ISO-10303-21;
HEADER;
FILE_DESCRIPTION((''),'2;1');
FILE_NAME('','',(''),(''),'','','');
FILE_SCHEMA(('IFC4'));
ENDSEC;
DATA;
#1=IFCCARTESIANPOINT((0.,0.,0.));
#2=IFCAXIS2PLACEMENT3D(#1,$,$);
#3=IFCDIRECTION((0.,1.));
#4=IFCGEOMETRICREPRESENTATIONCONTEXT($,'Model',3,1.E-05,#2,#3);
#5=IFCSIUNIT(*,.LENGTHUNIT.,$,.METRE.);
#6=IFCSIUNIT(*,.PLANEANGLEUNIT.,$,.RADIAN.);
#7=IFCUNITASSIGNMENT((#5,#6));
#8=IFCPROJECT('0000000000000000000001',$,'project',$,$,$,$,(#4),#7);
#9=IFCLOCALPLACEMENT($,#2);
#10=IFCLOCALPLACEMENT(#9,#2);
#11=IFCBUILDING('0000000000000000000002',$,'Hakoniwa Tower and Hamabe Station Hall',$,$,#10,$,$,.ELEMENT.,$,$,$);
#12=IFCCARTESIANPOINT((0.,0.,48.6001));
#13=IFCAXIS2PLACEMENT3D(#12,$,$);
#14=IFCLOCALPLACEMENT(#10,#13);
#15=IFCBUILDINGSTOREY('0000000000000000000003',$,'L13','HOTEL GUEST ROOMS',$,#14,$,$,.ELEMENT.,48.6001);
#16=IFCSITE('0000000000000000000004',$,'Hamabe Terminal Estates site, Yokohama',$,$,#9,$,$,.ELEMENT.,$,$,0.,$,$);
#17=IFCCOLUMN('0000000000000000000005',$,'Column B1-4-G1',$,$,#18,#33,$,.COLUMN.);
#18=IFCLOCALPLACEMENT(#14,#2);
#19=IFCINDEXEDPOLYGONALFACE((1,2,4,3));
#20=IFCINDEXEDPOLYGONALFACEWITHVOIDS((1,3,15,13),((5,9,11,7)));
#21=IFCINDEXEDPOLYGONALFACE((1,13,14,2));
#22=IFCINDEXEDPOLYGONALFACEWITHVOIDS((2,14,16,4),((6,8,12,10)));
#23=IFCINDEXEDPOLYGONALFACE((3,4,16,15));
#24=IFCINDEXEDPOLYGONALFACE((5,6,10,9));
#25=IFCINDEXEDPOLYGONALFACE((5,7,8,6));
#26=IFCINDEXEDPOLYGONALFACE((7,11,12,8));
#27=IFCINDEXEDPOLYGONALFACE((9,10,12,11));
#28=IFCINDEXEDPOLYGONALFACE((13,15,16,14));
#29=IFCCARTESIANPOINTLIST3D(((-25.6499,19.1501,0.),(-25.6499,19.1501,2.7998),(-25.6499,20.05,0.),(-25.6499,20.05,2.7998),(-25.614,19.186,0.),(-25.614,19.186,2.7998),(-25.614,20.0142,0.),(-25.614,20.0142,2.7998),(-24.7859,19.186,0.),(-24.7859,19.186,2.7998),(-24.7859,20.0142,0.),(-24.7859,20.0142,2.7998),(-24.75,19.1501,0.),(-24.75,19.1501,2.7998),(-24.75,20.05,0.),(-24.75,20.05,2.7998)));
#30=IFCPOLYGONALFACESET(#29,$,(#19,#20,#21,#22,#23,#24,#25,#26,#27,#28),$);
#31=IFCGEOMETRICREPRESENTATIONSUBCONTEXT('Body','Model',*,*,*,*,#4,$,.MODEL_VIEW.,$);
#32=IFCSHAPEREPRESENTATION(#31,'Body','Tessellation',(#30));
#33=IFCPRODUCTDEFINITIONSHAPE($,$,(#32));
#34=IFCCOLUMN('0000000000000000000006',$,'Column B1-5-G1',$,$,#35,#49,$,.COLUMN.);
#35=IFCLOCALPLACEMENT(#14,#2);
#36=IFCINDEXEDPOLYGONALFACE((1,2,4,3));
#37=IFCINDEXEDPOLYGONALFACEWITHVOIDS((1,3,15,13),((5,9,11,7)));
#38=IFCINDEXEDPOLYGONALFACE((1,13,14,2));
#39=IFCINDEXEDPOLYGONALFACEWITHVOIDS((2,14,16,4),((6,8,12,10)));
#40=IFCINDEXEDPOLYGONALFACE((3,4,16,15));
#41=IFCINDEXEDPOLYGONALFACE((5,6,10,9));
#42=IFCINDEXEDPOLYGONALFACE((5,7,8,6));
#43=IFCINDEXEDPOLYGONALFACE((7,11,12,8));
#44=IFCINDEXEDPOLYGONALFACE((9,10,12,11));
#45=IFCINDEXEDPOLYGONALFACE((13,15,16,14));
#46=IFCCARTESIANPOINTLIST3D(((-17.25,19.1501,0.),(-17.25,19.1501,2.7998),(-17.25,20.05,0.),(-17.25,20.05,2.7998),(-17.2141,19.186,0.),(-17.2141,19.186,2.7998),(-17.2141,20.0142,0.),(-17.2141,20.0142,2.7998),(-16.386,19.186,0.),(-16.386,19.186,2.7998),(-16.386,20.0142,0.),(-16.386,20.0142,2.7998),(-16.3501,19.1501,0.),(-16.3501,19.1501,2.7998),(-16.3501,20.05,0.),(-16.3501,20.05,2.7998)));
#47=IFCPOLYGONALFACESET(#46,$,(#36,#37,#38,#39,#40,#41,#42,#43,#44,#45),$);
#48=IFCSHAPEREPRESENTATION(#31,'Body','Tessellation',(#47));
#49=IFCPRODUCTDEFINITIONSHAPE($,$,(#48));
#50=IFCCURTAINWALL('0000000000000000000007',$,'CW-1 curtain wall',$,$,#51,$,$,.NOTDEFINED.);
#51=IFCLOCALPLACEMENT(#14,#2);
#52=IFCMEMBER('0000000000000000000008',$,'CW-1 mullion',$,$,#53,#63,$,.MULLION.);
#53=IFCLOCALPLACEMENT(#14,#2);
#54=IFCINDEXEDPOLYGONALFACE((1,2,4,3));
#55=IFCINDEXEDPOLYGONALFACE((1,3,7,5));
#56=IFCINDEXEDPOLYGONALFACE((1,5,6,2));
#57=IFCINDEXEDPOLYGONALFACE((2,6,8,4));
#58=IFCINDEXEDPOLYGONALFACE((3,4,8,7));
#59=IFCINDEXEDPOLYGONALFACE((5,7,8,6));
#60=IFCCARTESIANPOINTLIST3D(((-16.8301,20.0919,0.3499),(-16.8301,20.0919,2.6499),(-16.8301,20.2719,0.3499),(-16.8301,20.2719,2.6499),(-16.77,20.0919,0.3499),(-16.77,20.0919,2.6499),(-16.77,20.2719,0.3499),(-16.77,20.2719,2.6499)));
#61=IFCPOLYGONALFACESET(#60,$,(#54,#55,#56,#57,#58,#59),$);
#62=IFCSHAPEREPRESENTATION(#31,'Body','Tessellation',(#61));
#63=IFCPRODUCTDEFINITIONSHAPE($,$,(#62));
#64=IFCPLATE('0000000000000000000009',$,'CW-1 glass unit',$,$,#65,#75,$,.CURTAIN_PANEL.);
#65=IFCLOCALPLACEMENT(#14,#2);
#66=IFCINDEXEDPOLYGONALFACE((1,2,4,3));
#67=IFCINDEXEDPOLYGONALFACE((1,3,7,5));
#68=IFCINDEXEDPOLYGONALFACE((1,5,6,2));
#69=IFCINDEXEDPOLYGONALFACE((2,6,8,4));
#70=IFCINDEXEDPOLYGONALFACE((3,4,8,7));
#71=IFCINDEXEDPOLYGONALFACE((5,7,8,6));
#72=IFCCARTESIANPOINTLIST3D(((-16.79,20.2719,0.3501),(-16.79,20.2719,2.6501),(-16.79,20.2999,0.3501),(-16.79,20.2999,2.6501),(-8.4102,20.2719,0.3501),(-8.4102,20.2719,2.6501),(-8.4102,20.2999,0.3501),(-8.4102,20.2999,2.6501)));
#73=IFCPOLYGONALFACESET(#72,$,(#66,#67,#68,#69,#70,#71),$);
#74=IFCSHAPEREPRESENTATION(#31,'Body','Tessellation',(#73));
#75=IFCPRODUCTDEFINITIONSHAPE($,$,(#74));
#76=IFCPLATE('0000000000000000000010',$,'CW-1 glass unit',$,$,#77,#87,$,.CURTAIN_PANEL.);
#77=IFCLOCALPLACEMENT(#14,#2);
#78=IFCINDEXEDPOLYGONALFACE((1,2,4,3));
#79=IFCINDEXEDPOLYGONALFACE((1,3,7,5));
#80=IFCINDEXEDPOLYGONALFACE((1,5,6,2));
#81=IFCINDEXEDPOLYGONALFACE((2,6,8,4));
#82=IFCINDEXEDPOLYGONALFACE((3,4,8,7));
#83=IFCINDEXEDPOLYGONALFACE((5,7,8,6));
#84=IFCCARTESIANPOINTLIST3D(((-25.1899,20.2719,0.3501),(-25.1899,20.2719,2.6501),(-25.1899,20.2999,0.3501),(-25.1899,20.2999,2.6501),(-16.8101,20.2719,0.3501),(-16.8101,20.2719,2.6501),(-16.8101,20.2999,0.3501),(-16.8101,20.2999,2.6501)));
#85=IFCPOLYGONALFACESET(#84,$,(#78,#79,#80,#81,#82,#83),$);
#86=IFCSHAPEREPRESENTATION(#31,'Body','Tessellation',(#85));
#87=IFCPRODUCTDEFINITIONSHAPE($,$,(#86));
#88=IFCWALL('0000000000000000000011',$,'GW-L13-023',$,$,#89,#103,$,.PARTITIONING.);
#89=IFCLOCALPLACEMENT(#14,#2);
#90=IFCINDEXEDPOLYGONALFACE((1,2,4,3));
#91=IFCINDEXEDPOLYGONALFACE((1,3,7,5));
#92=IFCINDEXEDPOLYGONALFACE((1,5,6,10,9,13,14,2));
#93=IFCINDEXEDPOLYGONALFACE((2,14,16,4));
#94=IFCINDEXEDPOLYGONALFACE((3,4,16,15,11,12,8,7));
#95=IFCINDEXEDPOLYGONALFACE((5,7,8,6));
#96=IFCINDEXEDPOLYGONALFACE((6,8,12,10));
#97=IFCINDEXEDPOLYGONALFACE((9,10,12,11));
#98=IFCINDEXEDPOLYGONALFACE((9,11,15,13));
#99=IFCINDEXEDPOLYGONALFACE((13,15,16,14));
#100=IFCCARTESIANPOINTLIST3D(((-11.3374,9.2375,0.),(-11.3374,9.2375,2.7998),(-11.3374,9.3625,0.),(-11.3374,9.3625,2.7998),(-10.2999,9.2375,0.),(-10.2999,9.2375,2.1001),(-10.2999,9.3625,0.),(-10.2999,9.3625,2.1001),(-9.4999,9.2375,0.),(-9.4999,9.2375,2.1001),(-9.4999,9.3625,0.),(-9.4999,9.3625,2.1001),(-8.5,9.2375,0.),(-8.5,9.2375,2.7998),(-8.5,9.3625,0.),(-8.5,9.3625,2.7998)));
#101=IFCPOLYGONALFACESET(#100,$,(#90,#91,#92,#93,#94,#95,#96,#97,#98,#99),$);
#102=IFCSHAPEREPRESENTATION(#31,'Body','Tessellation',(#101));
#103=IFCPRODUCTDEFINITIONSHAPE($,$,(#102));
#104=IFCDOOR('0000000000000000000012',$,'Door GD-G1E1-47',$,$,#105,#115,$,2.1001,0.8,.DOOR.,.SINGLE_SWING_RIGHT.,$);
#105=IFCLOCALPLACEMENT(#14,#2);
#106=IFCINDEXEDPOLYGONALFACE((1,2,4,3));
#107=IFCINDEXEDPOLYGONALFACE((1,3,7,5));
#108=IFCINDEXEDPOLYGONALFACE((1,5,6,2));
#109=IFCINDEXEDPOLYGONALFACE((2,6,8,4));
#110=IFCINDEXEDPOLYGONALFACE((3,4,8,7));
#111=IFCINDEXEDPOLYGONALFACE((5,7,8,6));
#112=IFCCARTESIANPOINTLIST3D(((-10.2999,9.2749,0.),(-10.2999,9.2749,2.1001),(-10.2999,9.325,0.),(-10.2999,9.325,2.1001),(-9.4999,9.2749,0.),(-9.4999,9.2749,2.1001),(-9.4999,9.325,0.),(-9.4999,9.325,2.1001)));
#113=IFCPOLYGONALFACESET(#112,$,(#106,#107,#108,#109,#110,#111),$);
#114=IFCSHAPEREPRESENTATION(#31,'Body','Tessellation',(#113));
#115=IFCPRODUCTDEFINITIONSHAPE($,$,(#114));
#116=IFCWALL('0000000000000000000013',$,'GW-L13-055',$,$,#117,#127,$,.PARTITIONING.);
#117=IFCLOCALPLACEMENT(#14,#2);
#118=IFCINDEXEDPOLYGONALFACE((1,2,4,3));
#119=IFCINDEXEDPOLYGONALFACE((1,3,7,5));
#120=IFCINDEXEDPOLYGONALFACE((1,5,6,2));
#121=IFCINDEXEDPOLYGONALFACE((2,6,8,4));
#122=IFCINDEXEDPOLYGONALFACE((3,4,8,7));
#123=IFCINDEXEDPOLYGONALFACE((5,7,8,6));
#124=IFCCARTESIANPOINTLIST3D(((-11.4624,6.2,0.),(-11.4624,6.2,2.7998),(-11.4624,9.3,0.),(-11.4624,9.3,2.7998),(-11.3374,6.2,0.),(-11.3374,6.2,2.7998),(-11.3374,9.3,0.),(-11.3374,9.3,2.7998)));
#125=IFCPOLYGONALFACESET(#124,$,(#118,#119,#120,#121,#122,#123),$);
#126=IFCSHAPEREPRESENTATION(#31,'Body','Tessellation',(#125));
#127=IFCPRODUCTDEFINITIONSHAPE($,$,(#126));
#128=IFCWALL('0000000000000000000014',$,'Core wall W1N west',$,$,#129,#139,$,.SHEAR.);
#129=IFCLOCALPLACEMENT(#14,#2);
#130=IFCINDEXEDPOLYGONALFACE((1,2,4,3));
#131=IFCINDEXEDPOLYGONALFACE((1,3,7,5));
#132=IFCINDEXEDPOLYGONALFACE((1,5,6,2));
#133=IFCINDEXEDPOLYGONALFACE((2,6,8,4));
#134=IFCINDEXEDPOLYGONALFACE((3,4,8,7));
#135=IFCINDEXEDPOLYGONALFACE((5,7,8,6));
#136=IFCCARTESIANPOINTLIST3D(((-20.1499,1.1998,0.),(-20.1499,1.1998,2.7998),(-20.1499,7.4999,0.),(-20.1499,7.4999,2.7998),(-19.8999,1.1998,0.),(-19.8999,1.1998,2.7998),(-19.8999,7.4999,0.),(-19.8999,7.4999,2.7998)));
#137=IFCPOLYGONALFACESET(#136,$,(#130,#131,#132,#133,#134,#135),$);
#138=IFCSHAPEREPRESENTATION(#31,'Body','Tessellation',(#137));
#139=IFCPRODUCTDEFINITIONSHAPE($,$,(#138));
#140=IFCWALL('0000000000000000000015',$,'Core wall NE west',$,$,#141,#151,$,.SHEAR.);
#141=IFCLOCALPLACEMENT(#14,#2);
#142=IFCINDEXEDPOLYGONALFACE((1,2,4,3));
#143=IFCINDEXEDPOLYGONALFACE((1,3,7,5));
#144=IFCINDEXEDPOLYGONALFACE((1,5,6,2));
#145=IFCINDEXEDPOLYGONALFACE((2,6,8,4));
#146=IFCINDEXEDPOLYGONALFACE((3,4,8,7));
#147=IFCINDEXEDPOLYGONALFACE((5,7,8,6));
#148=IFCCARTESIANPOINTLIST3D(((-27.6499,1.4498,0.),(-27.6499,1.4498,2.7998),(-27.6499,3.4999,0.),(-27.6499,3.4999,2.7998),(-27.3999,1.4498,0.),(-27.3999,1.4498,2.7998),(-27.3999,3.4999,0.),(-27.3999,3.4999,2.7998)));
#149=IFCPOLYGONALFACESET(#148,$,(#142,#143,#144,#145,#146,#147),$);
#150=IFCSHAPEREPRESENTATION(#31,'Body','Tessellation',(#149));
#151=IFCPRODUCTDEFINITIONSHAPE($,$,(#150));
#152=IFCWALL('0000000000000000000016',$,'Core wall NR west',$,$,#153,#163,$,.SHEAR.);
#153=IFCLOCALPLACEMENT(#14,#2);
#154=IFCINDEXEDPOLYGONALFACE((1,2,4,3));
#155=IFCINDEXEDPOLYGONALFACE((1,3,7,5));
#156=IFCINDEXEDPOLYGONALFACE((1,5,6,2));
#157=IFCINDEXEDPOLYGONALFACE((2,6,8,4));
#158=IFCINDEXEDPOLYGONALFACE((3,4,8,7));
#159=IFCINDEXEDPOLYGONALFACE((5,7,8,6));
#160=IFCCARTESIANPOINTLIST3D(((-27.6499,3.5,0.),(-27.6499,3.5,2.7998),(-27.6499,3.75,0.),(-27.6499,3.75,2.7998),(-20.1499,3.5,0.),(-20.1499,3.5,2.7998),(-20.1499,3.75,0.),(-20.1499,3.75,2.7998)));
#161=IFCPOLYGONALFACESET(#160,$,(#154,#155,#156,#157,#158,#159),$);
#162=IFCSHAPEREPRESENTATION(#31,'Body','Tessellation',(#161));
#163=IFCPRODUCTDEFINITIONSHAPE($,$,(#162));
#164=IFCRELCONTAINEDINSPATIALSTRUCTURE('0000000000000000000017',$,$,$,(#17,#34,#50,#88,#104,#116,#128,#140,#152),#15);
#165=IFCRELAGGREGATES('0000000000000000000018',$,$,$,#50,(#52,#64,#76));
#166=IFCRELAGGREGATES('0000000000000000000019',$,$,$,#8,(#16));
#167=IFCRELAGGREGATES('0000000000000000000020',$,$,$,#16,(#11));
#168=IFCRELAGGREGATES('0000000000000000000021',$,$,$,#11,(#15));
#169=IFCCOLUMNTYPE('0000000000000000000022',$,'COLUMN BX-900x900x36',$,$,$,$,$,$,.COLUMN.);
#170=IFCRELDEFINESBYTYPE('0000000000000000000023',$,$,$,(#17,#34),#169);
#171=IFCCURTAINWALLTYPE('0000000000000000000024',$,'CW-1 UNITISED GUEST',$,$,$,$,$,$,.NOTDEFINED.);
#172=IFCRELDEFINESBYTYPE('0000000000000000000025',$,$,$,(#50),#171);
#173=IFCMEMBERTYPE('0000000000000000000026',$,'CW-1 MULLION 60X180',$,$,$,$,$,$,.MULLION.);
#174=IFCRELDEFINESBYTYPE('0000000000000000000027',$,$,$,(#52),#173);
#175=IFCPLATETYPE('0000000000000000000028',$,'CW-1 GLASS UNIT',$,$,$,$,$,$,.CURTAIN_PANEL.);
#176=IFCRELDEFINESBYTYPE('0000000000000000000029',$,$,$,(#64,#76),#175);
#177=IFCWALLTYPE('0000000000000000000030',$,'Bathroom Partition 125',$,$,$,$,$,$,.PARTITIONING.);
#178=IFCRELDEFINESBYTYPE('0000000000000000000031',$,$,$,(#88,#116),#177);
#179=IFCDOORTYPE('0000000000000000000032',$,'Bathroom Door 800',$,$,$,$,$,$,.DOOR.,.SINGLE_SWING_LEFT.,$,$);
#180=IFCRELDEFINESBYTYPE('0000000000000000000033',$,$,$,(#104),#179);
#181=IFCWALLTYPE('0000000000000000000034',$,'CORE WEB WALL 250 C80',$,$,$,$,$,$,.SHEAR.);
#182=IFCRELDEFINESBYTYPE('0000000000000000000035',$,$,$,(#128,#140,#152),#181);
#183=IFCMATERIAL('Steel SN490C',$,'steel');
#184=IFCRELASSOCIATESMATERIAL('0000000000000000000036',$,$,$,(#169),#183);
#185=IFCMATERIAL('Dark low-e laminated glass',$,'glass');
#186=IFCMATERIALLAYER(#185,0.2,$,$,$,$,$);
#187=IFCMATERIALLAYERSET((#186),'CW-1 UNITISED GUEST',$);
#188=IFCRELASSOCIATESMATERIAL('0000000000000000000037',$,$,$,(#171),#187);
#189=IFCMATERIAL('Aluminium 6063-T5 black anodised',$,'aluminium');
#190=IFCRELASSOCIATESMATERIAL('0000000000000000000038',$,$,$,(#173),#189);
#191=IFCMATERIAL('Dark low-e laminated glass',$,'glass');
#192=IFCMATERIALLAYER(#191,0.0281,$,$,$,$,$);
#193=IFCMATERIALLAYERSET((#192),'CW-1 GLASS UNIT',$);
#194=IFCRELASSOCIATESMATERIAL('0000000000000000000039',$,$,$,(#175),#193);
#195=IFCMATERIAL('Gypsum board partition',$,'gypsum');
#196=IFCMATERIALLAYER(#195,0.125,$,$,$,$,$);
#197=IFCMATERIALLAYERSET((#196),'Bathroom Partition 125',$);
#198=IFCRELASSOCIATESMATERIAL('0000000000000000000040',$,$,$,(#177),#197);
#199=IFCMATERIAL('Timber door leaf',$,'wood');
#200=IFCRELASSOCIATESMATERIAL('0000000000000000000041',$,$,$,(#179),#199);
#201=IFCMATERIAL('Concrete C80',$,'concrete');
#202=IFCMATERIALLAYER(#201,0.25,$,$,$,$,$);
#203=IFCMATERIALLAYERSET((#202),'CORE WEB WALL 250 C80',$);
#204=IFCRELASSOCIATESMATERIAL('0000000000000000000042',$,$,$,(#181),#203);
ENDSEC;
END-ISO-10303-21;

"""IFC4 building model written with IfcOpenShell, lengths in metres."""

from ifc_helpers import new_model, si_unit, direction, frame, frame_2d, origin, origin_2d, place, context, subcontext, project, spatial, rectangle, hollow_rectangle, extrude, material, layer, layer_set, material_profile, profile_set, type_object, element, fill, aggregate, save


model = new_model("IFC4")

# Units and contexts
model_context = context("Model", 3, precision=1e-05, world=origin(), true_north=direction((0.0, 1.0)))
body_context = subcontext(model_context, "Body", "Model", "MODEL_VIEW")
ifc_project = project(units=[si_unit("LENGTHUNIT", "METRE"), si_unit("PLANEANGLEUNIT", "RADIAN")], contexts=[model_context])

# Site, building, storey
site_placement = place(None, origin())
site = spatial("IfcSite", under=ifc_project, at=site_placement, Name="Hamabe Terminal Estates site, Yokohama", CompositionType="ELEMENT", RefElevation=0.0)
building_placement = place(site_placement, origin())
building = spatial("IfcBuilding", under=site, at=building_placement, Name="Hakoniwa Tower and Hamabe Station Hall", CompositionType="ELEMENT")
storey_placement = place(building_placement, frame((0.0, 0.0, 48.6001)))
storey = spatial("IfcBuildingStorey", under=building, at=storey_placement, Name="L13", Description="HOTEL GUEST ROOMS", CompositionType="ELEMENT", Elevation=48.6001)

# Columns
ifc_material_1 = material(Name="Steel SN490C", Category="steel")
ifc_material_profile_1 = material_profile(ifc_material_1, hollow_rectangle(XDim=0.8999, YDim=0.8999, WallThickness=0.0359, at=origin_2d()), Name="BX-900x900x36")
ifc_profile_set_1 = profile_set([ifc_material_profile_1], Name="Steel SN490C")
column_type = type_object("IfcColumnType", Name="COLUMN BX-900x900x36", PredefinedType="COLUMN", material=ifc_profile_set_1)
for number, where, z_axis, x_axis, name in (
    (1, (-25.2, 19.6001, 0.0), (0.0, 0.0, 1.0), (1.0, 0.0, 0.0), "Column B1-4-G1"),
    (2, (-16.8, 19.6001, 0.0), (0.0, 0.0, 1.0), (1.0, 0.0, 0.0), "Column B1-5-G1"),
):
    element("IfcColumn", number, at=place(storey_placement, frame(where, z_axis=z_axis, x_axis=x_axis)), inside=storey, type_object=column_type, Name=name, PredefinedType="COLUMN", context=body_context, shape_type="SweptSolid", body=[
        extrude(hollow_rectangle(XDim=0.8999, YDim=0.8999, WallThickness=0.0359, at=origin_2d()), origin(), (0.0, 0.0, 1.0), 2.7998),
    ])

# Curtain wall, member, plates
ifc_material_2 = material(Name="Dark low-e laminated glass", Category="glass")
ifc_layer_1 = layer(ifc_material_2, 0.2)
ifc_layer_set_1 = layer_set([ifc_layer_1], Name="CW-1 UNITISED GUEST")
curtain_wall_type = type_object("IfcCurtainWallType", Name="CW-1 UNITISED GUEST", PredefinedType="NOTDEFINED", material=ifc_layer_set_1)
curtain_wall_placement = place(storey_placement, origin())
curtain_wall = element("IfcCurtainWall", 3, at=curtain_wall_placement, inside=storey, type_object=curtain_wall_type, Name="CW-1 curtain wall", PredefinedType="NOTDEFINED")
ifc_material_3 = material(Name="Aluminium 6063-T5 black anodised", Category="aluminium")
ifc_material_profile_2 = material_profile(ifc_material_3, rectangle(XDim=0.0601, YDim=0.1799, at=origin_2d()), Name="CW-1 MULLION 60X180")
ifc_profile_set_2 = profile_set([ifc_material_profile_2], Name="Aluminium 6063-T5 black anodised")
member_type = type_object("IfcMemberType", Name="CW-1 MULLION 60X180", PredefinedType="MULLION", material=ifc_profile_set_2)
member_placement = place(storey_placement, frame((-16.8, 20.1819, 0.3499), z_axis=(0.0, 0.0, 1.0), x_axis=(-1.0, 0.0, 0.0)))
member = element("IfcMember", 4, at=member_placement, type_object=member_type, Name="CW-1 mullion", PredefinedType="MULLION", context=body_context, shape_type="SweptSolid", body=[
    extrude(rectangle(XDim=0.0601, YDim=0.1799, at=origin_2d()), origin(), (0.0, 0.0, 1.0), 2.3),
])
ifc_material_4 = material(Name="Dark low-e laminated glass", Category="glass")
ifc_layer_2 = layer(ifc_material_4, 0.0281)
ifc_layer_set_2 = layer_set([ifc_layer_2], Name="CW-1 GLASS UNIT")
plate_type = type_object("IfcPlateType", Name="CW-1 GLASS UNIT", PredefinedType="CURTAIN_PANEL", material=ifc_layer_set_2)
plate_1_placement = place(storey_placement, frame((-12.6001, 20.2859, 0.3501), z_axis=(0.0, 0.0, 1.0), x_axis=(-1.0, 0.0, 0.0)))
plate_1 = element("IfcPlate", 5, at=plate_1_placement, type_object=plate_type, Name="CW-1 glass unit", PredefinedType="CURTAIN_PANEL", context=body_context, shape_type="SweptSolid", body=[
    extrude(rectangle(XDim=8.3799, YDim=0.0281, at=origin_2d()), origin(), (0.0, 0.0, 1.0), 2.3),
])
plate_2_placement = place(storey_placement, frame((-21.0, 20.2859, 0.3501), z_axis=(0.0, 0.0, 1.0), x_axis=(-1.0, 0.0, 0.0)))
plate_2 = element("IfcPlate", 6, at=plate_2_placement, type_object=plate_type, Name="CW-1 glass unit", PredefinedType="CURTAIN_PANEL", context=body_context, shape_type="SweptSolid", body=[
    extrude(rectangle(XDim=8.3799, YDim=0.0281, at=origin_2d()), origin(), (0.0, 0.0, 1.0), 2.3),
])
aggregate(curtain_wall, [member, plate_1, plate_2])

# Wall, opening, door
ifc_material_5 = material(Name="Gypsum board partition", Category="gypsum")
ifc_layer_3 = layer(ifc_material_5, 0.125)
ifc_layer_set_3 = layer_set([ifc_layer_3], Name="Bathroom Partition 125")
wall_type_1 = type_object("IfcWallType", Name="Bathroom Partition 125", PredefinedType="PARTITIONING", material=ifc_layer_set_3)
wall_1_placement = place(storey_placement, frame((-11.3374, 9.3, 0.0), z_axis=(0.0, 0.0, 1.0), x_axis=(1.0, 0.0, 0.0)))
wall_1 = element("IfcWall", 7, at=wall_1_placement, inside=storey, type_object=wall_type_1, Name="GW-L13-023", PredefinedType="PARTITIONING", context=body_context, shape_type="SweptSolid", body=[
    extrude(rectangle(XDim=2.8374, YDim=0.125, at=frame_2d((1.4187, 0.0))), origin(), (0.0, 0.0, 1.0), 2.7998),
])
opening_1_placement = place(wall_1_placement, frame((1.0376, 0.0, 0.0)))
opening_1 = element("IfcOpeningElement", 8, at=opening_1_placement, cuts=wall_1, PredefinedType="OPENING", context=body_context, shape_type="SweptSolid", body=[
    extrude(rectangle(XDim=0.8, YDim=2.1001, at=frame_2d((0.3999, 1.05))), frame((0.0, 0.0725, 0.0), z_axis=(0.0, -1.0, 0.0), x_axis=(1.0, 0.0, 0.0)), (0.0, 0.0, 1.0), 0.145),
])
ifc_material_6 = material(Name="Timber door leaf", Category="wood")
door_type_1 = type_object("IfcDoorType", Name="Bathroom Door 800", OperationType="SINGLE_SWING_LEFT", PredefinedType="DOOR", material=ifc_material_6)
door_1_placement = place(opening_1_placement, origin())
door_1 = element("IfcDoor", 9, at=door_1_placement, inside=storey, type_object=door_type_1, Name="Door GD-G1E1-47", OperationType="SINGLE_SWING_RIGHT", OverallHeight=2.1001, OverallWidth=0.8, PredefinedType="DOOR", context=body_context, shape_type="SweptSolid", body=[
    extrude(rectangle(XDim=0.8, YDim=2.1001, at=frame_2d((0.3999, 1.05))), frame((0.0, 0.0249, 0.0), z_axis=(0.0, -1.0, 0.0), x_axis=(1.0, 0.0, 0.0)), (0.0, 0.0, 1.0), 0.05),
])
fill(opening_1, door_1)

# Walls
wall_2_placement = place(storey_placement, frame((-11.3999, 6.2, 0.0), z_axis=(0.0, 0.0, 1.0), x_axis=(0.0, 1.0, 0.0)))
element("IfcWall", 10, at=wall_2_placement, inside=storey, type_object=wall_type_1, Name="GW-L13-055", PredefinedType="PARTITIONING", context=body_context, shape_type="SweptSolid", body=[
    extrude(rectangle(XDim=3.1001, YDim=0.125, at=frame_2d((1.55, 0.0))), origin(), (0.0, 0.0, 1.0), 2.7998),
])
ifc_material_7 = material(Name="Concrete C80", Category="concrete")
ifc_layer_4 = layer(ifc_material_7, 0.25)
ifc_layer_set_4 = layer_set([ifc_layer_4], Name="CORE WEB WALL 250 C80")
wall_type_2 = type_object("IfcWallType", Name="CORE WEB WALL 250 C80", PredefinedType="SHEAR", material=ifc_layer_set_4)
wall_3_placement = place(storey_placement, frame((-20.0249, 1.2, 0.0), z_axis=(0.0, 0.0, 1.0), x_axis=(0.0, 1.0, 0.0)))
element("IfcWall", 11, at=wall_3_placement, inside=storey, type_object=wall_type_2, Name="Core wall W1N west", PredefinedType="SHEAR", context=body_context, shape_type="SweptSolid", body=[
    extrude(rectangle(XDim=6.3, YDim=0.25, at=frame_2d((3.1499, 0.0))), origin(), (0.0, 0.0, 1.0), 2.7998),
])
wall_4_placement = place(storey_placement, frame((-27.5249, 1.45, 0.0), z_axis=(0.0, 0.0, 1.0), x_axis=(0.0, 1.0, 0.0)))
element("IfcWall", 12, at=wall_4_placement, inside=storey, type_object=wall_type_2, Name="Core wall NE west", PredefinedType="SHEAR", context=body_context, shape_type="SweptSolid", body=[
    extrude(rectangle(XDim=2.05, YDim=0.25, at=frame_2d((1.0249, 0.0))), origin(), (0.0, 0.0, 1.0), 2.7998),
])
wall_5_placement = place(storey_placement, frame((-27.6499, 3.625, 0.0), z_axis=(0.0, 0.0, 1.0), x_axis=(1.0, 0.0, 0.0)))
element("IfcWall", 13, at=wall_5_placement, inside=storey, type_object=wall_type_2, Name="Core wall NR west", PredefinedType="SHEAR", context=body_context, shape_type="SweptSolid", body=[
    extrude(rectangle(XDim=7.5, YDim=0.25, at=frame_2d((3.75, 0.0))), origin(), (0.0, 0.0, 1.0), 2.7998),
])

save(model, "model.ifc")
